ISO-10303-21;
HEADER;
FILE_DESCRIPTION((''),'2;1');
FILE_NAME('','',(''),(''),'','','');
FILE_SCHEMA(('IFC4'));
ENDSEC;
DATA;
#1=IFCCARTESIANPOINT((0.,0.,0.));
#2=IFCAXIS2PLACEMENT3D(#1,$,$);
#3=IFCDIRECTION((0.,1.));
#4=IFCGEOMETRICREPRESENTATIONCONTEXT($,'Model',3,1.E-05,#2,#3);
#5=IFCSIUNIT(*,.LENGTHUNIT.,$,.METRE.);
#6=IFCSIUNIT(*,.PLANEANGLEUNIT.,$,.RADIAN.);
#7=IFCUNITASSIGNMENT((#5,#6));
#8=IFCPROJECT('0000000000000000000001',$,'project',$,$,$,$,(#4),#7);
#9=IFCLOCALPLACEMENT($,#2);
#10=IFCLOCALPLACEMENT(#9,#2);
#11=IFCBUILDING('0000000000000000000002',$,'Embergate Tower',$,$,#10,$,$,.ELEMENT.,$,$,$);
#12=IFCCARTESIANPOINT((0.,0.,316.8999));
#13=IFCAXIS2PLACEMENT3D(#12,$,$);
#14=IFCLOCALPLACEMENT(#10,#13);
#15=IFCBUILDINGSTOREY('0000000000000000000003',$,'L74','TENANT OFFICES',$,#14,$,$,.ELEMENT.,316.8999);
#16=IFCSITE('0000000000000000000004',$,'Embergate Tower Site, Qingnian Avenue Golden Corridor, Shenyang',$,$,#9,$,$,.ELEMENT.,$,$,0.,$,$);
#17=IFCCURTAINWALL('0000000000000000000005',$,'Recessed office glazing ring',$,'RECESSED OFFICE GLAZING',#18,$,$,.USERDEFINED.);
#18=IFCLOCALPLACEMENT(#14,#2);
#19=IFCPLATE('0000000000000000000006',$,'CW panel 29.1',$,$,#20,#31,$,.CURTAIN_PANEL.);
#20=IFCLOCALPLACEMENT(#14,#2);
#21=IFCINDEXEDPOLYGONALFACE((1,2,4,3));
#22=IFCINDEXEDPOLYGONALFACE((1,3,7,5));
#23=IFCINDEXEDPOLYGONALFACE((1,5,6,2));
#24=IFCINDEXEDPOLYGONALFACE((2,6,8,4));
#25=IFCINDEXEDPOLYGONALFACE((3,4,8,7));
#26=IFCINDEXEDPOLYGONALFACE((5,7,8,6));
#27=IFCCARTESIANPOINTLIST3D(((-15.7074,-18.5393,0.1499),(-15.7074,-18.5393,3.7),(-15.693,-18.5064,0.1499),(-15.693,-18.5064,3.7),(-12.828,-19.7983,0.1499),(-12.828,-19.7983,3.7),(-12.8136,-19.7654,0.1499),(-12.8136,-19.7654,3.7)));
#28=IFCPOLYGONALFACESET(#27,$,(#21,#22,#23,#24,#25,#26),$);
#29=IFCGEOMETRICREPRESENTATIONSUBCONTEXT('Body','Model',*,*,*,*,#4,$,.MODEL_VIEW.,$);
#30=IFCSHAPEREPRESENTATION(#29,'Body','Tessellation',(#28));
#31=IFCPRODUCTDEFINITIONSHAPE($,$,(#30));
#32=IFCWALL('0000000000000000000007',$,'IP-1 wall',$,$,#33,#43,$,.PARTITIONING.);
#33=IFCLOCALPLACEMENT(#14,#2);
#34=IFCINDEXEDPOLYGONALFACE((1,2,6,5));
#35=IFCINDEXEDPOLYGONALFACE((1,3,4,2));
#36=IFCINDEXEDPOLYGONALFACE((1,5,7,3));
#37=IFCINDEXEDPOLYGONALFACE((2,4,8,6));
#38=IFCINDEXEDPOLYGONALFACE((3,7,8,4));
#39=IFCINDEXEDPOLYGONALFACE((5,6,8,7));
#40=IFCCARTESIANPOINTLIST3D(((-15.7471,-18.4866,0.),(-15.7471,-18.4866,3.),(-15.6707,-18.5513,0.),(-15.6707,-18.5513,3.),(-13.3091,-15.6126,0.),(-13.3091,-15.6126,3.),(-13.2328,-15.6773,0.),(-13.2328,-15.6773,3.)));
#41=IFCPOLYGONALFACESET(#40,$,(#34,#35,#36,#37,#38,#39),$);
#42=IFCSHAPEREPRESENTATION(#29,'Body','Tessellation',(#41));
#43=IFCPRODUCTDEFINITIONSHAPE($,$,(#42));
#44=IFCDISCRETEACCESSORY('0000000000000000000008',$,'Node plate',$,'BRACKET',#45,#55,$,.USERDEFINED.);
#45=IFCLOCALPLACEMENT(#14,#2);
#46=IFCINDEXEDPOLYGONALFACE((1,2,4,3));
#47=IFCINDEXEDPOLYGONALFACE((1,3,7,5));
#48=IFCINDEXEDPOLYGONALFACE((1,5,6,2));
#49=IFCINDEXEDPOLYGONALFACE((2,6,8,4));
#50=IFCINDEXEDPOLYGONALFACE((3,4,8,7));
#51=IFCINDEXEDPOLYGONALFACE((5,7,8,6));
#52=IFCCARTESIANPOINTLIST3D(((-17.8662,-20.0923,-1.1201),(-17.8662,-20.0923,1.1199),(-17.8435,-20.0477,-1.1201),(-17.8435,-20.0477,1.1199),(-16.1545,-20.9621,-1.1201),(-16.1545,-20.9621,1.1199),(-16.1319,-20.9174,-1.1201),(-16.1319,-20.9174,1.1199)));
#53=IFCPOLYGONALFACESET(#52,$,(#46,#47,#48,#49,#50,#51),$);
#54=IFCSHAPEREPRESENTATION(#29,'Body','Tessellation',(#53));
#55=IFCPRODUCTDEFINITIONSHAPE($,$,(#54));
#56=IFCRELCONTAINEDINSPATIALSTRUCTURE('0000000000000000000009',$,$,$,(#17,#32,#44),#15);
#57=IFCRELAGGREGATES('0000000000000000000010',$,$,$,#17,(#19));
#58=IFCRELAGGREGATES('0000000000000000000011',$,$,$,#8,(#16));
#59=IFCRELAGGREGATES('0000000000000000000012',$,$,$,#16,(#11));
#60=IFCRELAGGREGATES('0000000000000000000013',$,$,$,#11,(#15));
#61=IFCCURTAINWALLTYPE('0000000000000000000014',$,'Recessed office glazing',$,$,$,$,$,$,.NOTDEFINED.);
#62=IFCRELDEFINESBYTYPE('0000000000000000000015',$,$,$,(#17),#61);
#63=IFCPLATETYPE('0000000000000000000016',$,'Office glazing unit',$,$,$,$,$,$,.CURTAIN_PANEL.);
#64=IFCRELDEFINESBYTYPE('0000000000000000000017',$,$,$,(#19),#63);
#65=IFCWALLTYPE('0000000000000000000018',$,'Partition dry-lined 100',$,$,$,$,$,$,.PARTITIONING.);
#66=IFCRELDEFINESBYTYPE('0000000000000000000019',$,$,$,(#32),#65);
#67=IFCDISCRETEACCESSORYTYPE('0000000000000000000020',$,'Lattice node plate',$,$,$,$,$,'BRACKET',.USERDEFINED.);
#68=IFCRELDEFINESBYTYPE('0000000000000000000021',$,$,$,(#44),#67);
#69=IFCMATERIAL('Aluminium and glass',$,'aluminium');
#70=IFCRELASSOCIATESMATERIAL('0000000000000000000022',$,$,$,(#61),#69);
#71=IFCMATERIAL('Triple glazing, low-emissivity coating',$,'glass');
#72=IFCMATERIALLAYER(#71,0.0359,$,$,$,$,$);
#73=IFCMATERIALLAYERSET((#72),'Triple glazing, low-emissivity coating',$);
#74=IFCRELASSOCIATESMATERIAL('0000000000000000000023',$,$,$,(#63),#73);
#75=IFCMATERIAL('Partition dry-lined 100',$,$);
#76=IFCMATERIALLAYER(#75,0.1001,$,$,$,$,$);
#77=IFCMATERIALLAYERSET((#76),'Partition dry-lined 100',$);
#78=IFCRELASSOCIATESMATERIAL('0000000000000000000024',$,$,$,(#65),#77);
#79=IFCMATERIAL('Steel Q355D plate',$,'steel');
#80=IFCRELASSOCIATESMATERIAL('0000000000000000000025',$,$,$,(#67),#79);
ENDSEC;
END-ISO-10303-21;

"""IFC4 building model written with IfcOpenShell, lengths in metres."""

from ifc_helpers import new_model, si_unit, direction, frame, frame_2d, origin, origin_2d, place, context, subcontext, project, spatial, rectangle, extrude, source, transform, mapped, material, layer, layer_set, type_object, element, aggregate, save


model = new_model("IFC4")

# Units and contexts
model_context = context("Model", 3, precision=1e-05, world=origin(), true_north=direction((0.0, 1.0)))
body_context = subcontext(model_context, "Body", "Model", "MODEL_VIEW")
ifc_project = project(units=[si_unit("LENGTHUNIT", "METRE"), si_unit("PLANEANGLEUNIT", "RADIAN")], contexts=[model_context])

# Site, building, storey
site_placement = place(None, origin())
site = spatial("IfcSite", under=ifc_project, at=site_placement, Name="Embergate Tower Site, Qingnian Avenue Golden Corridor, Shenyang", CompositionType="ELEMENT", RefElevation=0.0)
building_placement = place(site_placement, origin())
building = spatial("IfcBuilding", under=site, at=building_placement, Name="Embergate Tower", CompositionType="ELEMENT")
storey_placement = place(building_placement, frame((0.0, 0.0, 316.8999)))
storey = spatial("IfcBuildingStorey", under=building, at=storey_placement, Name="L74", Description="TENANT OFFICES", CompositionType="ELEMENT", Elevation=316.8999)

# Curtain wall, plate
ifc_material_1 = material(Name="Aluminium and glass", Category="aluminium")
curtain_wall_type = type_object("IfcCurtainWallType", Name="Recessed office glazing", PredefinedType="NOTDEFINED", material=ifc_material_1)
curtain_wall_placement = place(storey_placement, origin())
curtain_wall = element("IfcCurtainWall", 1, at=curtain_wall_placement, inside=storey, type_object=curtain_wall_type, Name="Recessed office glazing ring", ObjectType="RECESSED OFFICE GLAZING", PredefinedType="USERDEFINED")
ifc_material_2 = material(Name="Triple glazing, low-emissivity coating", Category="glass")
ifc_layer_1 = layer(ifc_material_2, 0.0359)
ifc_layer_set_1 = layer_set([ifc_layer_1], Name="Triple glazing, low-emissivity coating")
plate_type = type_object("IfcPlateType", Name="Office glazing unit", PredefinedType="CURTAIN_PANEL", material=ifc_layer_set_1)
shared_shape_1 = source(origin(), body_context, "Body", "SweptSolid", [
    extrude(rectangle(XDim=3.1426, YDim=0.0359, at=origin_2d()), origin(), (0.0, 0.0, 1.0), 3.55),
])
plate_1_placement = place(storey_placement, frame((-14.2605, -19.1523, 0.1499), z_axis=(0.0, 0.0, 1.0), x_axis=(0.916235, -0.400642, 0.0)))
plate_1 = element("IfcPlate", 2, at=plate_1_placement, type_object=plate_type, Name="CW panel 29.1", PredefinedType="CURTAIN_PANEL", context=body_context, shape_type="MappedRepresentation", body=[
    mapped(shared_shape_1, transform((0.0, 0.0, 0.0))),
])
aggregate(curtain_wall, [plate_1])

# Wall
ifc_material_3 = material(Name="Partition dry-lined 100")
ifc_layer_2 = layer(ifc_material_3, 0.1001)
ifc_layer_set_2 = layer_set([ifc_layer_2], Name="Partition dry-lined 100")
wall_type = type_object("IfcWallType", Name="Partition dry-lined 100", PredefinedType="PARTITIONING", material=ifc_layer_set_2)
shared_shape_2 = source(origin(), body_context, "Body", "SweptSolid", [
    extrude(rectangle(XDim=3.7688, YDim=0.1001, at=frame_2d((1.8843, 0.0))), origin(), (0.0, 0.0, 1.0), 3.0),
])
wall_placement = place(storey_placement, frame((-13.271, -15.645, 0.0), z_axis=(0.0, 0.0, 1.0), x_axis=(-0.646888, -0.762585, 0.0)))
element("IfcWall", 3, at=wall_placement, inside=storey, type_object=wall_type, Name="IP-1 wall", PredefinedType="PARTITIONING", context=body_context, shape_type="MappedRepresentation", body=[
    mapped(shared_shape_2, transform((0.0, 0.0, 0.0))),
])

# Discrete accessory
ifc_material_4 = material(Name="Steel Q355D plate", Category="steel")
discrete_accessory_type = type_object("IfcDiscreteAccessoryType", Name="Lattice node plate", ElementType="BRACKET", PredefinedType="USERDEFINED", material=ifc_material_4)
shared_shape_3 = source(origin(), body_context, "Body", "SweptSolid", [
    extrude(rectangle(XDim=1.9199, YDim=0.05, at=origin_2d()), origin(), (0.0, 0.0, 1.0), 2.24),
])
discrete_accessory_placement = place(storey_placement, frame((-16.999, -20.5049, -1.1201), z_axis=(0.0, 0.0, 1.0), x_axis=(0.891505, -0.453011, 0.0)))
element("IfcDiscreteAccessory", 4, at=discrete_accessory_placement, inside=storey, type_object=discrete_accessory_type, Name="Node plate", ObjectType="BRACKET", PredefinedType="USERDEFINED", context=body_context, shape_type="MappedRepresentation", body=[
    mapped(shared_shape_3, transform((0.0, 0.0, 0.0))),
])

save(model, "model.ifc")
